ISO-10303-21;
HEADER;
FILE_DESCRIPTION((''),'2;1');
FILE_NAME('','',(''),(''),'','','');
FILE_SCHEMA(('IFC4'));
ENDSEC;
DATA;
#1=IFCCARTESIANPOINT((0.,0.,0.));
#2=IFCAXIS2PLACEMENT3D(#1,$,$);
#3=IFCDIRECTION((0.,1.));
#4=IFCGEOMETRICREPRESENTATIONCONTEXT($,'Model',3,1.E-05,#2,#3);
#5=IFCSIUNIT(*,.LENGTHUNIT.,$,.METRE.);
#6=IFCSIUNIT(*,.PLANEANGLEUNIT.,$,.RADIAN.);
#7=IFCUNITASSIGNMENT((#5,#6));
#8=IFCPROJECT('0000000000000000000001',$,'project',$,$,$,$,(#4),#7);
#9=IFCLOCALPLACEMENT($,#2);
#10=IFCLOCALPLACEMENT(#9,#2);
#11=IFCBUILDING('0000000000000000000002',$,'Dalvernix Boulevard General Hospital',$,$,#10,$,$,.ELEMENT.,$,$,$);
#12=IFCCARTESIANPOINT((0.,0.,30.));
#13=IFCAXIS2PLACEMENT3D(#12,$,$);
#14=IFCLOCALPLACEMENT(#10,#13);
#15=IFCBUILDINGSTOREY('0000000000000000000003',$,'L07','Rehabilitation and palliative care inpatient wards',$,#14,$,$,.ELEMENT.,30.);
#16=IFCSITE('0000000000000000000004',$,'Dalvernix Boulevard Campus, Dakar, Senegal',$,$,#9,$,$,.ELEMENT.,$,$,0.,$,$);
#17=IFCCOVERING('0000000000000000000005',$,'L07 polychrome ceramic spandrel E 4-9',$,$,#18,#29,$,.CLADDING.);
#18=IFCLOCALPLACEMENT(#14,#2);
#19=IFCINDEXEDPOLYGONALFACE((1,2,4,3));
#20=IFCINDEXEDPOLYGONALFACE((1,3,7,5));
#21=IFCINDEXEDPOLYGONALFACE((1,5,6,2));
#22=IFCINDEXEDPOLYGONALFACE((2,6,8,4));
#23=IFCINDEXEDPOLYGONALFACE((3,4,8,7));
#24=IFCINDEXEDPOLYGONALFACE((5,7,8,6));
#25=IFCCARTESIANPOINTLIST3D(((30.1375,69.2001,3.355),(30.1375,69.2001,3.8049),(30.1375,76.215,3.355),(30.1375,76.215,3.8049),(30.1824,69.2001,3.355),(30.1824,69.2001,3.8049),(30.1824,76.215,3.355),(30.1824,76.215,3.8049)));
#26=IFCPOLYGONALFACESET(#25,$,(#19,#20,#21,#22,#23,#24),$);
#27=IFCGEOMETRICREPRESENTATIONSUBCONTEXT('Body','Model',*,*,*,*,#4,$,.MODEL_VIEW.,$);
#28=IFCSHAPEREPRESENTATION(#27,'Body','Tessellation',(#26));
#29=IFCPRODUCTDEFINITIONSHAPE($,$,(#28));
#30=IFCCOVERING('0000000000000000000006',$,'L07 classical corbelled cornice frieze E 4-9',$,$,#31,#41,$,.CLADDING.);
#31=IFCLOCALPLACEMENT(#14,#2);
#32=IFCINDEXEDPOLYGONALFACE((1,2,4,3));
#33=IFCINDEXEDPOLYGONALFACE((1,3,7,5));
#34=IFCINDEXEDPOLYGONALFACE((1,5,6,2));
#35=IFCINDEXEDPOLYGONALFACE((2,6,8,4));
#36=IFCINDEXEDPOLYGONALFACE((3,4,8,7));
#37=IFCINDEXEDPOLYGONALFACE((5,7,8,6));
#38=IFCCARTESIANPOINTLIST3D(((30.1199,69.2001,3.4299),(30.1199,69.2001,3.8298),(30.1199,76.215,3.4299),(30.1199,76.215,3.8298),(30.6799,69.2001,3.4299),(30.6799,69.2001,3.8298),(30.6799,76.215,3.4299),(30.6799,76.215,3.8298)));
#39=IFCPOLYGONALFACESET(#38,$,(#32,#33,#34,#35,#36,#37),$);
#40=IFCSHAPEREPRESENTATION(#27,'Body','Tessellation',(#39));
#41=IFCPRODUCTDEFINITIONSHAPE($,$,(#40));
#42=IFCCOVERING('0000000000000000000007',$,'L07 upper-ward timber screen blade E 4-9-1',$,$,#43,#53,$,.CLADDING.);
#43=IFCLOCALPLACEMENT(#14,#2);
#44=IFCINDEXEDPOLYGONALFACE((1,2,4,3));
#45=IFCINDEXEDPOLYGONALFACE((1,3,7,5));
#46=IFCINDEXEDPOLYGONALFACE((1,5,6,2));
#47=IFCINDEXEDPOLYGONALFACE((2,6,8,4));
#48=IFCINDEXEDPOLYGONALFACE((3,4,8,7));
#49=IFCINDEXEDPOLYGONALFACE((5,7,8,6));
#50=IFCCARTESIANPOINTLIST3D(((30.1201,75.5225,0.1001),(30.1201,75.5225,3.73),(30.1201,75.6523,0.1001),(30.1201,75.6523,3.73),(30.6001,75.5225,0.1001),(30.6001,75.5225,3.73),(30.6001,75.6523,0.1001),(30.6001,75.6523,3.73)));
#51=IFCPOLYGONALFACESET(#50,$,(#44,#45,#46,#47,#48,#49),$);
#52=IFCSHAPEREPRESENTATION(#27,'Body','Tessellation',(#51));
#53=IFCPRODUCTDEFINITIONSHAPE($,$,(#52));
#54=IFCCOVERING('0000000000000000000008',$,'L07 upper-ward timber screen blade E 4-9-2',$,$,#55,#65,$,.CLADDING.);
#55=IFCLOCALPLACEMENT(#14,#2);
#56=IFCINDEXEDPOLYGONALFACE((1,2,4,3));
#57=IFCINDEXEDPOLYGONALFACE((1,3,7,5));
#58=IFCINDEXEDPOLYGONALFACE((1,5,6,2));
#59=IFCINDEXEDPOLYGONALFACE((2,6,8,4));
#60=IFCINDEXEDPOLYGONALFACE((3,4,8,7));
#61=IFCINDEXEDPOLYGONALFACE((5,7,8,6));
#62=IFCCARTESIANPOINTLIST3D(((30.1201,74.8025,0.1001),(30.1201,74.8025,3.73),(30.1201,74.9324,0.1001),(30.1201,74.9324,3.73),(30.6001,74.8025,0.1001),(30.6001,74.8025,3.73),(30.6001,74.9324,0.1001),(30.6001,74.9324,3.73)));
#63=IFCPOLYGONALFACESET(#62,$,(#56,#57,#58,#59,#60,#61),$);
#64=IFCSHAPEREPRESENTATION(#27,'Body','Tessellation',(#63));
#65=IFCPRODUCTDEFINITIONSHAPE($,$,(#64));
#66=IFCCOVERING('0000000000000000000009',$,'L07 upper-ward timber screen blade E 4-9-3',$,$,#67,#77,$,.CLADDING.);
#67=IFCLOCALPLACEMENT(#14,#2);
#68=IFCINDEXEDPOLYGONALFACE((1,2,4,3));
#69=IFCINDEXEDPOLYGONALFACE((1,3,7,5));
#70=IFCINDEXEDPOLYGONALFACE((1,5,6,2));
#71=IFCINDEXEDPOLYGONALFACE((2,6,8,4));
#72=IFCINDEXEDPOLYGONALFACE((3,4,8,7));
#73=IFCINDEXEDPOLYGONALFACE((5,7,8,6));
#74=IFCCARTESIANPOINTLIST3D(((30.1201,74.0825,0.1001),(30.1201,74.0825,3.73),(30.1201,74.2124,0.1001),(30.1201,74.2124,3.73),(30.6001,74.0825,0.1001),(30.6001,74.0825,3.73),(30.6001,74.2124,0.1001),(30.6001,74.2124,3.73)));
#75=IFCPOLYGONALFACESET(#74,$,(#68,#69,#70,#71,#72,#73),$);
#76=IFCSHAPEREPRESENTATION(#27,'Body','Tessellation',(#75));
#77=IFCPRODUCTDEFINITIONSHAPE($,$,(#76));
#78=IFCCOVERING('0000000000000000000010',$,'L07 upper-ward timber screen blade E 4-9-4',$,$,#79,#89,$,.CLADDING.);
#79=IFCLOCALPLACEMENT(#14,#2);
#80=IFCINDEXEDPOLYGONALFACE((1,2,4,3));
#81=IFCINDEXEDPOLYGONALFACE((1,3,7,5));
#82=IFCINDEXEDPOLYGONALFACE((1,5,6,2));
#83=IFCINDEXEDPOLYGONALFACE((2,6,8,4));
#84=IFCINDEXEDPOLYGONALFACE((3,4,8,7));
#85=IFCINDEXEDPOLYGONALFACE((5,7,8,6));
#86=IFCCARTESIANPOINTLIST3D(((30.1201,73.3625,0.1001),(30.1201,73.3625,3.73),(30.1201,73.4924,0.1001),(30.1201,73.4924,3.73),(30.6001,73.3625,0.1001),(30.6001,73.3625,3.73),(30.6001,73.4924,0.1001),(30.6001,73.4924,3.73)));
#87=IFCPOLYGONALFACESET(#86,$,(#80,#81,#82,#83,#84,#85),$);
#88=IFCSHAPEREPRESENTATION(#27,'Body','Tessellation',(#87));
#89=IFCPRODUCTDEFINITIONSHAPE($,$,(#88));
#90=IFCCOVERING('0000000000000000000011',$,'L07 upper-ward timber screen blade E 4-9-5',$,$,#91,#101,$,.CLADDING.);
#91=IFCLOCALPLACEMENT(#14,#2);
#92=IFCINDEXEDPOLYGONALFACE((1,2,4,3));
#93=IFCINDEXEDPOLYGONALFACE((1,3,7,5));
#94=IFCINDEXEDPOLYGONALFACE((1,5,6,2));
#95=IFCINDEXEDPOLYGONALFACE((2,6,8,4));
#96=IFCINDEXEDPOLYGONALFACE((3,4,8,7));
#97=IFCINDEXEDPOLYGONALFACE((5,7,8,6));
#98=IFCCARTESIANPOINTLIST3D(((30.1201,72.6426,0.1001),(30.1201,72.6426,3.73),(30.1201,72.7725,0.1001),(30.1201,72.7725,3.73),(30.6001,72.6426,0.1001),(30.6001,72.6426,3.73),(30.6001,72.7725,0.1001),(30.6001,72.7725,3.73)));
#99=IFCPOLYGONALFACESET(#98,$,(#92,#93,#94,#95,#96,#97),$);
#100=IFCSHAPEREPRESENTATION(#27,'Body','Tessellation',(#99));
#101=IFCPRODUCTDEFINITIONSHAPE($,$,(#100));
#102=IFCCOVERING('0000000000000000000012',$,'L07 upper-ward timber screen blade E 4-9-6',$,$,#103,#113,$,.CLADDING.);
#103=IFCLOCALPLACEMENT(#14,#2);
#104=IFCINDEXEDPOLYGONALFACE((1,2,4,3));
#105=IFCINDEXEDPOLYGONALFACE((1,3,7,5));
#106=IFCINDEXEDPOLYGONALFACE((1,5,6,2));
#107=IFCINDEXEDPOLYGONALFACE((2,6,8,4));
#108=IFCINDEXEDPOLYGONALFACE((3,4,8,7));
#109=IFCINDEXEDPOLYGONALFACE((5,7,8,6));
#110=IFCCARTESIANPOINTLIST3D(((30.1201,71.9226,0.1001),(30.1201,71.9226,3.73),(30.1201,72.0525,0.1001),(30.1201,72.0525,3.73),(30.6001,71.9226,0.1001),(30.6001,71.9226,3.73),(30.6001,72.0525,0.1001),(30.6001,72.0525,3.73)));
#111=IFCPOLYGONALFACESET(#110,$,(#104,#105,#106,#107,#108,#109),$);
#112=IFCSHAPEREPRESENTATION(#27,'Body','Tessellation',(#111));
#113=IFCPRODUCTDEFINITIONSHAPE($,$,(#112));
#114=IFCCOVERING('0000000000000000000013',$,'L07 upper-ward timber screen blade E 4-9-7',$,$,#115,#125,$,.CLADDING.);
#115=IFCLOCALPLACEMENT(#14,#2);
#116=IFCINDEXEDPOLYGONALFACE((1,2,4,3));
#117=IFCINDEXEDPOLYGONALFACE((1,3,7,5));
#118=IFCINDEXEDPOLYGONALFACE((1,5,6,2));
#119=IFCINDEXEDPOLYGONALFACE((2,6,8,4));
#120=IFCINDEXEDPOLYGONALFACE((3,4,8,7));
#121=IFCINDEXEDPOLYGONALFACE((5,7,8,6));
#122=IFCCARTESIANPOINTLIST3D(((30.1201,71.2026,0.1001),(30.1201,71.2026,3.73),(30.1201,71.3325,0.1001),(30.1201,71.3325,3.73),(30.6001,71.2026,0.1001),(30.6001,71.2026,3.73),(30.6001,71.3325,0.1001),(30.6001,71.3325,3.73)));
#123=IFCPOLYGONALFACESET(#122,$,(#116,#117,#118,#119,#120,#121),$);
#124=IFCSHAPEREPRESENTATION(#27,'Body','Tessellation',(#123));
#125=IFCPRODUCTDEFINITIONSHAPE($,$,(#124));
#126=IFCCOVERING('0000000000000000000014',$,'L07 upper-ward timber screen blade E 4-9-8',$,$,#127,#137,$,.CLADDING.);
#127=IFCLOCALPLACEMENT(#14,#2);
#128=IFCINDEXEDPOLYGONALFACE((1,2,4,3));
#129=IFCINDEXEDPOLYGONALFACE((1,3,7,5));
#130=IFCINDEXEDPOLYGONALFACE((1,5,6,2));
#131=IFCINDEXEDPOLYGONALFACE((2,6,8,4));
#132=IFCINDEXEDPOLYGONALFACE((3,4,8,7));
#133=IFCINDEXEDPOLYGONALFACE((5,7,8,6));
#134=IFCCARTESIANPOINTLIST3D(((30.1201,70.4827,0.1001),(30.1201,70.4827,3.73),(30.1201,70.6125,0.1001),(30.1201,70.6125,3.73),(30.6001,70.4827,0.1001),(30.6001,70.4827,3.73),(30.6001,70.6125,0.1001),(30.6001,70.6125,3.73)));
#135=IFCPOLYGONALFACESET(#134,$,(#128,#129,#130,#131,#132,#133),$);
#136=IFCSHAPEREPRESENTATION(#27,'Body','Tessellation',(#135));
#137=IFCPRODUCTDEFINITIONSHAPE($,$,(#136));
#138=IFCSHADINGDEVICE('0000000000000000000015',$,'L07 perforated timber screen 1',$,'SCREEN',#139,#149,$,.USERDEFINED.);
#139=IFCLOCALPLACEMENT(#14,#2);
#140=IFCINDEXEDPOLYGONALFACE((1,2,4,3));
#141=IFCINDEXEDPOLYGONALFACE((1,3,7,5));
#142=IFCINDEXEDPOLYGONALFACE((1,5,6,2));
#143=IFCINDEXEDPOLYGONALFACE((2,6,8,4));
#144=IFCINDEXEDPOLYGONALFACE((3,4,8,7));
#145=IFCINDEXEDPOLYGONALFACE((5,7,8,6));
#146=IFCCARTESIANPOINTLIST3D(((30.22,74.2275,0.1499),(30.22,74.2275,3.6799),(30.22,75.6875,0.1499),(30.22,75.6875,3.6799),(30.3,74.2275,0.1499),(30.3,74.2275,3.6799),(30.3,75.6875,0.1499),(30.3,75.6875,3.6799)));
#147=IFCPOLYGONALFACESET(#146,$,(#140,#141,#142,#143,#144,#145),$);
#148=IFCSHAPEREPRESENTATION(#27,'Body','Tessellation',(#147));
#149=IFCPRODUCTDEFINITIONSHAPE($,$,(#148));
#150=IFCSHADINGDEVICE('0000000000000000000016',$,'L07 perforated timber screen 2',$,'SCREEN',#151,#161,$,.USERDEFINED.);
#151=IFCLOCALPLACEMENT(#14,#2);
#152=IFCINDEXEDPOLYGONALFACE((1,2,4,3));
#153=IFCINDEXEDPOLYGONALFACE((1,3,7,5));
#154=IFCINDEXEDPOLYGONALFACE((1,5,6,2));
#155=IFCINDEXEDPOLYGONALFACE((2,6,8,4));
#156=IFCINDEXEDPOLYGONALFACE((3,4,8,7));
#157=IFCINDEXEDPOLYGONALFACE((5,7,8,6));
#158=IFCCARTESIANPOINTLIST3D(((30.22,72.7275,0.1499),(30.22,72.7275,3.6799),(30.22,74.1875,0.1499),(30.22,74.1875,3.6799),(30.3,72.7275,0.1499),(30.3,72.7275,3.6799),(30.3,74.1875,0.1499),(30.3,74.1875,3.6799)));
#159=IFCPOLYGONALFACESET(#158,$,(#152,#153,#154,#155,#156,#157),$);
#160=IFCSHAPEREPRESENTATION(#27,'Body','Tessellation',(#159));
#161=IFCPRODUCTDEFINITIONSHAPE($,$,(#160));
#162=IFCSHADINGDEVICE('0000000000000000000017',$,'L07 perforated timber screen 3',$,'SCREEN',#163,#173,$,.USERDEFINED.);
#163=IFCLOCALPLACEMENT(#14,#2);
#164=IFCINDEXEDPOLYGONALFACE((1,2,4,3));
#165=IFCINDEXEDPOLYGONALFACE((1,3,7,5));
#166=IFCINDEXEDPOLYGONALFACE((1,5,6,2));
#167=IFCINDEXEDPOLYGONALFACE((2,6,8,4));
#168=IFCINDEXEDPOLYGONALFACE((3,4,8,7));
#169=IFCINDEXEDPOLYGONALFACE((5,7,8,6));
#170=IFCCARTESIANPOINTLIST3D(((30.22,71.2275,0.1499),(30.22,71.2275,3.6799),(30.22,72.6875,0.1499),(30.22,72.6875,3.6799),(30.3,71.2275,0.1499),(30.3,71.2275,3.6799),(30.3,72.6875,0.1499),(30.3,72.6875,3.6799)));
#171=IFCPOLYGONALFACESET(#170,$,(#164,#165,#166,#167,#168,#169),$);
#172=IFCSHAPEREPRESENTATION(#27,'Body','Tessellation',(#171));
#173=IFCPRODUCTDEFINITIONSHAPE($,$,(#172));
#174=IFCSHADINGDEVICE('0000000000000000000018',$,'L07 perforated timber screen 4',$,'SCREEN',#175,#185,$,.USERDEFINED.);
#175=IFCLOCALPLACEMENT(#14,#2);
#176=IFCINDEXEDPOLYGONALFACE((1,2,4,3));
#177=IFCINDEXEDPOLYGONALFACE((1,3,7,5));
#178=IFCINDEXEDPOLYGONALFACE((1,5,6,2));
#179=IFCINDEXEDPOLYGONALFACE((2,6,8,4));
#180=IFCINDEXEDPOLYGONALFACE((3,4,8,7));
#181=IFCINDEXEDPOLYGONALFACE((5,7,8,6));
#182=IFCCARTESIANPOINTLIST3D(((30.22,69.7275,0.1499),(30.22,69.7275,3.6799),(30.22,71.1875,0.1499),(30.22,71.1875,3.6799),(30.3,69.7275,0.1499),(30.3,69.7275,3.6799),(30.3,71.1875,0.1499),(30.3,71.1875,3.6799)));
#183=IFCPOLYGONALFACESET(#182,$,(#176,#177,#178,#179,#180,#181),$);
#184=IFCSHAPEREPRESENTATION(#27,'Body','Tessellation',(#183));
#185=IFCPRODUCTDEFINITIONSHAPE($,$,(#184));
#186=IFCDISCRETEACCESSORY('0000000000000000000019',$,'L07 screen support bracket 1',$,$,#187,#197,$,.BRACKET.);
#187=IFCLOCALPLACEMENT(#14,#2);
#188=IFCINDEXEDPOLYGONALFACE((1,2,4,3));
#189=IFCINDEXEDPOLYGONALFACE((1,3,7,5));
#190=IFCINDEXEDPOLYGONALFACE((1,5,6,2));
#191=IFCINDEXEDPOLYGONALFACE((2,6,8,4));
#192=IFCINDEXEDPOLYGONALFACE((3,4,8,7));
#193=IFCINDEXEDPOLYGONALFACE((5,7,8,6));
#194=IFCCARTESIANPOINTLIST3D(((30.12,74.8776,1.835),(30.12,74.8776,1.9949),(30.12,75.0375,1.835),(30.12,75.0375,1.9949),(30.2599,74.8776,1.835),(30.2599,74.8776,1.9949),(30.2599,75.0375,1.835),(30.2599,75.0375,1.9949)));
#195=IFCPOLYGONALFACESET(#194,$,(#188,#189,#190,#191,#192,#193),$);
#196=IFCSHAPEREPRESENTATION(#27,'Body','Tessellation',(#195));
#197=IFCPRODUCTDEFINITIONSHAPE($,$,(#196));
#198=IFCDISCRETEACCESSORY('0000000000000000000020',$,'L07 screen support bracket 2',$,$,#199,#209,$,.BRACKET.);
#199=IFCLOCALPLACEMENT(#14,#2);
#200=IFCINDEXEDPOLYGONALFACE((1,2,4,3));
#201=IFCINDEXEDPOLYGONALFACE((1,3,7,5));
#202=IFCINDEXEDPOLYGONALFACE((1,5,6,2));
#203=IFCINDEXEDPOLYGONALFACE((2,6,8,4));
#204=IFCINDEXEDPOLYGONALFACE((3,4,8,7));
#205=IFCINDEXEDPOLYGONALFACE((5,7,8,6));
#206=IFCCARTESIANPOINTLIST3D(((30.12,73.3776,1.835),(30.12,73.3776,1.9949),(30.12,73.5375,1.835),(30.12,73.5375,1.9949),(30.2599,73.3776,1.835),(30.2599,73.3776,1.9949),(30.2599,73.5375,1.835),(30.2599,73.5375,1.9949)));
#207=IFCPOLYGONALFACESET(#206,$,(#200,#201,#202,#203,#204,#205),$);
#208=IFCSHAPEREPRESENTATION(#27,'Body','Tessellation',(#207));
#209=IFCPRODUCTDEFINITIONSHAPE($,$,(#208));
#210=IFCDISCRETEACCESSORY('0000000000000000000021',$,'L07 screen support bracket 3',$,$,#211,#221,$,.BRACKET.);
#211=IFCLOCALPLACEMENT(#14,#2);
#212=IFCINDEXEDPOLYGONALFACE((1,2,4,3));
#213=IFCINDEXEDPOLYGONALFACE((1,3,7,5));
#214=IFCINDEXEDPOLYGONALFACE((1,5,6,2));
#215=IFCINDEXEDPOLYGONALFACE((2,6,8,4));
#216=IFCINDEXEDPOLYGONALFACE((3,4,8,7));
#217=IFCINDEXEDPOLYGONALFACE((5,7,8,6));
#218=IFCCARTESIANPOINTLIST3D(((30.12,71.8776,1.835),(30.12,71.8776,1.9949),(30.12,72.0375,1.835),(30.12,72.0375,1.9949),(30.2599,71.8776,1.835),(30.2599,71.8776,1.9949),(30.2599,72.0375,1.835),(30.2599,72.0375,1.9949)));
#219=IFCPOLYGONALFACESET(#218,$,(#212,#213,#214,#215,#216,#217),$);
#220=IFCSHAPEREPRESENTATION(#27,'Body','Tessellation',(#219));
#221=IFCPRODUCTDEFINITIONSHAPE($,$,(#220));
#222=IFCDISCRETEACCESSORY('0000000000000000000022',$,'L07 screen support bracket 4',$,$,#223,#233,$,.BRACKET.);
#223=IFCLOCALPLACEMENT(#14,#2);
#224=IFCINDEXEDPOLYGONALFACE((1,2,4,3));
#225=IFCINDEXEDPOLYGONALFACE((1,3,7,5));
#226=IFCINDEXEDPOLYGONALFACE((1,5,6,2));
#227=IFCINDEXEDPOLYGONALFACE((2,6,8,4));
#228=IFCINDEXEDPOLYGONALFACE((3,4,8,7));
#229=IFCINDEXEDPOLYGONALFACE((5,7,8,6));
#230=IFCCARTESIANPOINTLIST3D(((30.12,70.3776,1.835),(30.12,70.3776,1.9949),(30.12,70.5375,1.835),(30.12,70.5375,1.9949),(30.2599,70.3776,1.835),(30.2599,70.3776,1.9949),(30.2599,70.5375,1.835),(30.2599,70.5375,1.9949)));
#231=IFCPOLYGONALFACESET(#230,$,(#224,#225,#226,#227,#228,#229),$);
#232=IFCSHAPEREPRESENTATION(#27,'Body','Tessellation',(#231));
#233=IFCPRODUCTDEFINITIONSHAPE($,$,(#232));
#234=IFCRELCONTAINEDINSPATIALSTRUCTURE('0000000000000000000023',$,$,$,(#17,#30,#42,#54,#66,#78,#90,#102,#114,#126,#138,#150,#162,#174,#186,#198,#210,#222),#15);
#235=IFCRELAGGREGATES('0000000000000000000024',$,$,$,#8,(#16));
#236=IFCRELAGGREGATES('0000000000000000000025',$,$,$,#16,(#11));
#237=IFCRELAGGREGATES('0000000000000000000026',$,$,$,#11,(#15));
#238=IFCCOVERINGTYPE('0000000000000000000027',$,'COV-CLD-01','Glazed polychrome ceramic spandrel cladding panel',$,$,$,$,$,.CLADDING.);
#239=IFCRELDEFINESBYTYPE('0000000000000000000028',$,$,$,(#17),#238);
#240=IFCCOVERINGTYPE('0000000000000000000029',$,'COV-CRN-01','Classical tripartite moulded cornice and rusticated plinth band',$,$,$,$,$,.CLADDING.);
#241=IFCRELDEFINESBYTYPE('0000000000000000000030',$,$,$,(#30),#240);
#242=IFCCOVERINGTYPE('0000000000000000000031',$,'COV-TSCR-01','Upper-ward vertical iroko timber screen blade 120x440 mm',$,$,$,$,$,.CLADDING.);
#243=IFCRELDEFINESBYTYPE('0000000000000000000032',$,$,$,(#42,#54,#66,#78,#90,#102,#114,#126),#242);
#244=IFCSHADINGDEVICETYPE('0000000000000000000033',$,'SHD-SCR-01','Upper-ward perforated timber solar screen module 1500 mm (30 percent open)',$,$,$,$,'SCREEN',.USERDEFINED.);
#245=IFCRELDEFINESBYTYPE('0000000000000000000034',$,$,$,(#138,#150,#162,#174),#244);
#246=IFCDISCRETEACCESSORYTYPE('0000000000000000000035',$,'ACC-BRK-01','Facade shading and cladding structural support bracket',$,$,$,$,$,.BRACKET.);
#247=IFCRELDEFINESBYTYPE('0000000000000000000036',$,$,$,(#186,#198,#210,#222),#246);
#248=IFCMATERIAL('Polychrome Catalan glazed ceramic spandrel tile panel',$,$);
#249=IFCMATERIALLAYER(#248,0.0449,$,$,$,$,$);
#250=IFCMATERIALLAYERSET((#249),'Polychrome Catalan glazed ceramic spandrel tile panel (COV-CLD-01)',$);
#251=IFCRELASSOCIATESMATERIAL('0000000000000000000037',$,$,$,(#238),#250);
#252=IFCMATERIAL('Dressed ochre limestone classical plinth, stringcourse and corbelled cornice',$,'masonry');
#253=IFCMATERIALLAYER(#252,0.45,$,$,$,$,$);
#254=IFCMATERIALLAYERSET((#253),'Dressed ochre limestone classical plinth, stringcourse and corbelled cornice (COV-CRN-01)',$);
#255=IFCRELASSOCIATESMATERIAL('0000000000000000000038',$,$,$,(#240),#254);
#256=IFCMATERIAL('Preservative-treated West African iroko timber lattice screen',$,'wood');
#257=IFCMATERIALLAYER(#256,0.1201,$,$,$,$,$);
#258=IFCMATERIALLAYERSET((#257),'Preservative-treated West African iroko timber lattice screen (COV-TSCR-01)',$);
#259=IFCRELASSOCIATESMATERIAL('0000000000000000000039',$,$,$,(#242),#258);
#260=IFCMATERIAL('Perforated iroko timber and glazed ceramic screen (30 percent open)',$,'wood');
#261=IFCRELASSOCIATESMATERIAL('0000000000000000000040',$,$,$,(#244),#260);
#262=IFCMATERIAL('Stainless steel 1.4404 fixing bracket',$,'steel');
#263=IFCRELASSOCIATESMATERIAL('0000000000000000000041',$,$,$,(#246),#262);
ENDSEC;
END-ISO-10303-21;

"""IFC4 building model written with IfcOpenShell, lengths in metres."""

from ifc_helpers import new_model, si_unit, direction, frame, origin, origin_2d, place, context, subcontext, project, spatial, rectangle, extrude, material, layer, layer_set, type_object, element, save


model = new_model("IFC4")

# Units and contexts
model_context = context("Model", 3, precision=1e-05, world=origin(), true_north=direction((0.0, 1.0)))
body_context = subcontext(model_context, "Body", "Model", "MODEL_VIEW")
ifc_project = project(units=[si_unit("LENGTHUNIT", "METRE"), si_unit("PLANEANGLEUNIT", "RADIAN")], contexts=[model_context])

# Site, building, storey
site_placement = place(None, origin())
site = spatial("IfcSite", under=ifc_project, at=site_placement, Name="Dalvernix Boulevard Campus, Dakar, Senegal", CompositionType="ELEMENT", RefElevation=0.0)
building_placement = place(site_placement, origin())
building = spatial("IfcBuilding", under=site, at=building_placement, Name="Dalvernix Boulevard General Hospital", CompositionType="ELEMENT")
storey_placement = place(building_placement, frame((0.0, 0.0, 30.0)))
storey = spatial("IfcBuildingStorey", under=building, at=storey_placement, Name="L07", Description="Rehabilitation and palliative care inpatient wards", CompositionType="ELEMENT", Elevation=30.0)

# Coverings
ifc_material_1 = material(Name="Polychrome Catalan glazed ceramic spandrel tile panel")
ifc_layer_1 = layer(ifc_material_1, 0.0449)
ifc_layer_set_1 = layer_set([ifc_layer_1], Name="Polychrome Catalan glazed ceramic spandrel tile panel (COV-CLD-01)")
covering_type_1 = type_object("IfcCoveringType", Name="COV-CLD-01", Description="Glazed polychrome ceramic spandrel cladding panel", PredefinedType="CLADDING", material=ifc_layer_set_1)
covering_1_placement = place(storey_placement, frame((30.1599, 72.7075, 3.355), z_axis=(0.0, 0.0, 1.0), x_axis=(0.0, -1.0, 0.0)))
element("IfcCovering", 1, at=covering_1_placement, inside=storey, type_object=covering_type_1, Name="L07 polychrome ceramic spandrel E 4-9", PredefinedType="CLADDING", context=body_context, shape_type="SweptSolid", body=[
    extrude(rectangle(XDim=7.0149, YDim=0.0449, at=origin_2d()), origin(), (0.0, 0.0, 1.0), 0.45),
])
ifc_material_2 = material(Name="Dressed ochre limestone classical plinth, stringcourse and corbelled cornice", Category="masonry")
ifc_layer_2 = layer(ifc_material_2, 0.45)
ifc_layer_set_2 = layer_set([ifc_layer_2], Name="Dressed ochre limestone classical plinth, stringcourse and corbelled cornice (COV-CRN-01)")
covering_type_2 = type_object("IfcCoveringType", Name="COV-CRN-01", Description="Classical tripartite moulded cornice and rusticated plinth band", PredefinedType="CLADDING", material=ifc_layer_set_2)
covering_2_placement = place(storey_placement, frame((30.3999, 72.7075, 3.4299), z_axis=(0.0, 0.0, 1.0), x_axis=(0.0, -1.0, 0.0)))
element("IfcCovering", 2, at=covering_2_placement, inside=storey, type_object=covering_type_2, Name="L07 classical corbelled cornice frieze E 4-9", PredefinedType="CLADDING", context=body_context, shape_type="SweptSolid", body=[
    extrude(rectangle(XDim=7.0149, YDim=0.5601, at=origin_2d()), origin(), (0.0, 0.0, 1.0), 0.3999),
])
ifc_material_3 = material(Name="Preservative-treated West African iroko timber lattice screen", Category="wood")
ifc_layer_3 = layer(ifc_material_3, 0.1201)
ifc_layer_set_3 = layer_set([ifc_layer_3], Name="Preservative-treated West African iroko timber lattice screen (COV-TSCR-01)")
covering_type_3 = type_object("IfcCoveringType", Name="COV-TSCR-01", Description="Upper-ward vertical iroko timber screen blade 120x440 mm", PredefinedType="CLADDING", material=ifc_layer_set_3)
for number, where, z_axis, x_axis, name in (
    (3, (30.3601, 75.5874, 0.1001), (0.0, 0.0, 1.0), (0.0, -1.0, 0.0), "L07 upper-ward timber screen blade E 4-9-1"),
    (4, (30.3601, 74.8674, 0.1001), (0.0, 0.0, 1.0), (0.0, -1.0, 0.0), "L07 upper-ward timber screen blade E 4-9-2"),
    (5, (30.3601, 74.1475, 0.1001), (0.0, 0.0, 1.0), (0.0, -1.0, 0.0), "L07 upper-ward timber screen blade E 4-9-3"),
    (6, (30.3601, 73.4275, 0.1001), (0.0, 0.0, 1.0), (0.0, -1.0, 0.0), "L07 upper-ward timber screen blade E 4-9-4"),
    (7, (30.3601, 72.7075, 0.1001), (0.0, 0.0, 1.0), (0.0, -1.0, 0.0), "L07 upper-ward timber screen blade E 4-9-5"),
    (8, (30.3601, 71.9875, 0.1001), (0.0, 0.0, 1.0), (0.0, -1.0, 0.0), "L07 upper-ward timber screen blade E 4-9-6"),
    (9, (30.3601, 71.2676, 0.1001), (0.0, 0.0, 1.0), (0.0, -1.0, 0.0), "L07 upper-ward timber screen blade E 4-9-7"),
    (10, (30.3601, 70.5476, 0.1001), (0.0, 0.0, 1.0), (0.0, -1.0, 0.0), "L07 upper-ward timber screen blade E 4-9-8"),
):
    element("IfcCovering", number, at=place(storey_placement, frame(where, z_axis=z_axis, x_axis=x_axis)), inside=storey, type_object=covering_type_3, Name=name, PredefinedType="CLADDING", context=body_context, shape_type="SweptSolid", body=[
        extrude(rectangle(XDim=0.1299, YDim=0.48, at=origin_2d()), origin(), (0.0, 0.0, 1.0), 3.6299),
    ])

# Shading devices
ifc_material_4 = material(Name="Perforated iroko timber and glazed ceramic screen (30 percent open)", Category="wood")
shading_device_type = type_object("IfcShadingDeviceType", Name="SHD-SCR-01", Description="Upper-ward perforated timber solar screen module 1500 mm (30 percent open)", ElementType="SCREEN", PredefinedType="USERDEFINED", material=ifc_material_4)
for number, where, z_axis, x_axis, name in (
    (11, (30.26, 74.9575, 0.1499), (0.0, 0.0, 1.0), (0.0, -1.0, 0.0), "L07 perforated timber screen 1"),
    (12, (30.26, 73.4575, 0.1499), (0.0, 0.0, 1.0), (0.0, -1.0, 0.0), "L07 perforated timber screen 2"),
    (13, (30.26, 71.9575, 0.1499), (0.0, 0.0, 1.0), (0.0, -1.0, 0.0), "L07 perforated timber screen 3"),
    (14, (30.26, 70.4575, 0.1499), (0.0, 0.0, 1.0), (0.0, -1.0, 0.0), "L07 perforated timber screen 4"),
):
    element("IfcShadingDevice", number, at=place(storey_placement, frame(where, z_axis=z_axis, x_axis=x_axis)), inside=storey, type_object=shading_device_type, Name=name, ObjectType="SCREEN", PredefinedType="USERDEFINED", context=body_context, shape_type="SweptSolid", body=[
        extrude(rectangle(XDim=1.46, YDim=0.0801, at=origin_2d()), origin(), (0.0, 0.0, 1.0), 3.53),
    ])

# Discrete accessories
ifc_material_5 = material(Name="Stainless steel 1.4404 fixing bracket", Category="steel")
discrete_accessory_type = type_object("IfcDiscreteAccessoryType", Name="ACC-BRK-01", Description="Facade shading and cladding structural support bracket", PredefinedType="BRACKET", material=ifc_material_5)
for number, where, z_axis, x_axis, name in (
    (15, (30.1899, 74.9575, 1.835), (0.0, 0.0, 1.0), (0.0, -1.0, 0.0), "L07 screen support bracket 1"),
    (16, (30.1899, 73.4575, 1.835), (0.0, 0.0, 1.0), (0.0, -1.0, 0.0), "L07 screen support bracket 2"),
    (17, (30.1899, 71.9575, 1.835), (0.0, 0.0, 1.0), (0.0, -1.0, 0.0), "L07 screen support bracket 3"),
    (18, (30.1899, 70.4575, 1.835), (0.0, 0.0, 1.0), (0.0, -1.0, 0.0), "L07 screen support bracket 4"),
):
    element("IfcDiscreteAccessory", number, at=place(storey_placement, frame(where, z_axis=z_axis, x_axis=x_axis)), inside=storey, type_object=discrete_accessory_type, Name=name, PredefinedType="BRACKET", context=body_context, shape_type="SweptSolid", body=[
        extrude(rectangle(XDim=0.1599, YDim=0.1399, at=origin_2d()), origin(), (0.0, 0.0, 1.0), 0.1599),
    ])

save(model, "model.ifc")
